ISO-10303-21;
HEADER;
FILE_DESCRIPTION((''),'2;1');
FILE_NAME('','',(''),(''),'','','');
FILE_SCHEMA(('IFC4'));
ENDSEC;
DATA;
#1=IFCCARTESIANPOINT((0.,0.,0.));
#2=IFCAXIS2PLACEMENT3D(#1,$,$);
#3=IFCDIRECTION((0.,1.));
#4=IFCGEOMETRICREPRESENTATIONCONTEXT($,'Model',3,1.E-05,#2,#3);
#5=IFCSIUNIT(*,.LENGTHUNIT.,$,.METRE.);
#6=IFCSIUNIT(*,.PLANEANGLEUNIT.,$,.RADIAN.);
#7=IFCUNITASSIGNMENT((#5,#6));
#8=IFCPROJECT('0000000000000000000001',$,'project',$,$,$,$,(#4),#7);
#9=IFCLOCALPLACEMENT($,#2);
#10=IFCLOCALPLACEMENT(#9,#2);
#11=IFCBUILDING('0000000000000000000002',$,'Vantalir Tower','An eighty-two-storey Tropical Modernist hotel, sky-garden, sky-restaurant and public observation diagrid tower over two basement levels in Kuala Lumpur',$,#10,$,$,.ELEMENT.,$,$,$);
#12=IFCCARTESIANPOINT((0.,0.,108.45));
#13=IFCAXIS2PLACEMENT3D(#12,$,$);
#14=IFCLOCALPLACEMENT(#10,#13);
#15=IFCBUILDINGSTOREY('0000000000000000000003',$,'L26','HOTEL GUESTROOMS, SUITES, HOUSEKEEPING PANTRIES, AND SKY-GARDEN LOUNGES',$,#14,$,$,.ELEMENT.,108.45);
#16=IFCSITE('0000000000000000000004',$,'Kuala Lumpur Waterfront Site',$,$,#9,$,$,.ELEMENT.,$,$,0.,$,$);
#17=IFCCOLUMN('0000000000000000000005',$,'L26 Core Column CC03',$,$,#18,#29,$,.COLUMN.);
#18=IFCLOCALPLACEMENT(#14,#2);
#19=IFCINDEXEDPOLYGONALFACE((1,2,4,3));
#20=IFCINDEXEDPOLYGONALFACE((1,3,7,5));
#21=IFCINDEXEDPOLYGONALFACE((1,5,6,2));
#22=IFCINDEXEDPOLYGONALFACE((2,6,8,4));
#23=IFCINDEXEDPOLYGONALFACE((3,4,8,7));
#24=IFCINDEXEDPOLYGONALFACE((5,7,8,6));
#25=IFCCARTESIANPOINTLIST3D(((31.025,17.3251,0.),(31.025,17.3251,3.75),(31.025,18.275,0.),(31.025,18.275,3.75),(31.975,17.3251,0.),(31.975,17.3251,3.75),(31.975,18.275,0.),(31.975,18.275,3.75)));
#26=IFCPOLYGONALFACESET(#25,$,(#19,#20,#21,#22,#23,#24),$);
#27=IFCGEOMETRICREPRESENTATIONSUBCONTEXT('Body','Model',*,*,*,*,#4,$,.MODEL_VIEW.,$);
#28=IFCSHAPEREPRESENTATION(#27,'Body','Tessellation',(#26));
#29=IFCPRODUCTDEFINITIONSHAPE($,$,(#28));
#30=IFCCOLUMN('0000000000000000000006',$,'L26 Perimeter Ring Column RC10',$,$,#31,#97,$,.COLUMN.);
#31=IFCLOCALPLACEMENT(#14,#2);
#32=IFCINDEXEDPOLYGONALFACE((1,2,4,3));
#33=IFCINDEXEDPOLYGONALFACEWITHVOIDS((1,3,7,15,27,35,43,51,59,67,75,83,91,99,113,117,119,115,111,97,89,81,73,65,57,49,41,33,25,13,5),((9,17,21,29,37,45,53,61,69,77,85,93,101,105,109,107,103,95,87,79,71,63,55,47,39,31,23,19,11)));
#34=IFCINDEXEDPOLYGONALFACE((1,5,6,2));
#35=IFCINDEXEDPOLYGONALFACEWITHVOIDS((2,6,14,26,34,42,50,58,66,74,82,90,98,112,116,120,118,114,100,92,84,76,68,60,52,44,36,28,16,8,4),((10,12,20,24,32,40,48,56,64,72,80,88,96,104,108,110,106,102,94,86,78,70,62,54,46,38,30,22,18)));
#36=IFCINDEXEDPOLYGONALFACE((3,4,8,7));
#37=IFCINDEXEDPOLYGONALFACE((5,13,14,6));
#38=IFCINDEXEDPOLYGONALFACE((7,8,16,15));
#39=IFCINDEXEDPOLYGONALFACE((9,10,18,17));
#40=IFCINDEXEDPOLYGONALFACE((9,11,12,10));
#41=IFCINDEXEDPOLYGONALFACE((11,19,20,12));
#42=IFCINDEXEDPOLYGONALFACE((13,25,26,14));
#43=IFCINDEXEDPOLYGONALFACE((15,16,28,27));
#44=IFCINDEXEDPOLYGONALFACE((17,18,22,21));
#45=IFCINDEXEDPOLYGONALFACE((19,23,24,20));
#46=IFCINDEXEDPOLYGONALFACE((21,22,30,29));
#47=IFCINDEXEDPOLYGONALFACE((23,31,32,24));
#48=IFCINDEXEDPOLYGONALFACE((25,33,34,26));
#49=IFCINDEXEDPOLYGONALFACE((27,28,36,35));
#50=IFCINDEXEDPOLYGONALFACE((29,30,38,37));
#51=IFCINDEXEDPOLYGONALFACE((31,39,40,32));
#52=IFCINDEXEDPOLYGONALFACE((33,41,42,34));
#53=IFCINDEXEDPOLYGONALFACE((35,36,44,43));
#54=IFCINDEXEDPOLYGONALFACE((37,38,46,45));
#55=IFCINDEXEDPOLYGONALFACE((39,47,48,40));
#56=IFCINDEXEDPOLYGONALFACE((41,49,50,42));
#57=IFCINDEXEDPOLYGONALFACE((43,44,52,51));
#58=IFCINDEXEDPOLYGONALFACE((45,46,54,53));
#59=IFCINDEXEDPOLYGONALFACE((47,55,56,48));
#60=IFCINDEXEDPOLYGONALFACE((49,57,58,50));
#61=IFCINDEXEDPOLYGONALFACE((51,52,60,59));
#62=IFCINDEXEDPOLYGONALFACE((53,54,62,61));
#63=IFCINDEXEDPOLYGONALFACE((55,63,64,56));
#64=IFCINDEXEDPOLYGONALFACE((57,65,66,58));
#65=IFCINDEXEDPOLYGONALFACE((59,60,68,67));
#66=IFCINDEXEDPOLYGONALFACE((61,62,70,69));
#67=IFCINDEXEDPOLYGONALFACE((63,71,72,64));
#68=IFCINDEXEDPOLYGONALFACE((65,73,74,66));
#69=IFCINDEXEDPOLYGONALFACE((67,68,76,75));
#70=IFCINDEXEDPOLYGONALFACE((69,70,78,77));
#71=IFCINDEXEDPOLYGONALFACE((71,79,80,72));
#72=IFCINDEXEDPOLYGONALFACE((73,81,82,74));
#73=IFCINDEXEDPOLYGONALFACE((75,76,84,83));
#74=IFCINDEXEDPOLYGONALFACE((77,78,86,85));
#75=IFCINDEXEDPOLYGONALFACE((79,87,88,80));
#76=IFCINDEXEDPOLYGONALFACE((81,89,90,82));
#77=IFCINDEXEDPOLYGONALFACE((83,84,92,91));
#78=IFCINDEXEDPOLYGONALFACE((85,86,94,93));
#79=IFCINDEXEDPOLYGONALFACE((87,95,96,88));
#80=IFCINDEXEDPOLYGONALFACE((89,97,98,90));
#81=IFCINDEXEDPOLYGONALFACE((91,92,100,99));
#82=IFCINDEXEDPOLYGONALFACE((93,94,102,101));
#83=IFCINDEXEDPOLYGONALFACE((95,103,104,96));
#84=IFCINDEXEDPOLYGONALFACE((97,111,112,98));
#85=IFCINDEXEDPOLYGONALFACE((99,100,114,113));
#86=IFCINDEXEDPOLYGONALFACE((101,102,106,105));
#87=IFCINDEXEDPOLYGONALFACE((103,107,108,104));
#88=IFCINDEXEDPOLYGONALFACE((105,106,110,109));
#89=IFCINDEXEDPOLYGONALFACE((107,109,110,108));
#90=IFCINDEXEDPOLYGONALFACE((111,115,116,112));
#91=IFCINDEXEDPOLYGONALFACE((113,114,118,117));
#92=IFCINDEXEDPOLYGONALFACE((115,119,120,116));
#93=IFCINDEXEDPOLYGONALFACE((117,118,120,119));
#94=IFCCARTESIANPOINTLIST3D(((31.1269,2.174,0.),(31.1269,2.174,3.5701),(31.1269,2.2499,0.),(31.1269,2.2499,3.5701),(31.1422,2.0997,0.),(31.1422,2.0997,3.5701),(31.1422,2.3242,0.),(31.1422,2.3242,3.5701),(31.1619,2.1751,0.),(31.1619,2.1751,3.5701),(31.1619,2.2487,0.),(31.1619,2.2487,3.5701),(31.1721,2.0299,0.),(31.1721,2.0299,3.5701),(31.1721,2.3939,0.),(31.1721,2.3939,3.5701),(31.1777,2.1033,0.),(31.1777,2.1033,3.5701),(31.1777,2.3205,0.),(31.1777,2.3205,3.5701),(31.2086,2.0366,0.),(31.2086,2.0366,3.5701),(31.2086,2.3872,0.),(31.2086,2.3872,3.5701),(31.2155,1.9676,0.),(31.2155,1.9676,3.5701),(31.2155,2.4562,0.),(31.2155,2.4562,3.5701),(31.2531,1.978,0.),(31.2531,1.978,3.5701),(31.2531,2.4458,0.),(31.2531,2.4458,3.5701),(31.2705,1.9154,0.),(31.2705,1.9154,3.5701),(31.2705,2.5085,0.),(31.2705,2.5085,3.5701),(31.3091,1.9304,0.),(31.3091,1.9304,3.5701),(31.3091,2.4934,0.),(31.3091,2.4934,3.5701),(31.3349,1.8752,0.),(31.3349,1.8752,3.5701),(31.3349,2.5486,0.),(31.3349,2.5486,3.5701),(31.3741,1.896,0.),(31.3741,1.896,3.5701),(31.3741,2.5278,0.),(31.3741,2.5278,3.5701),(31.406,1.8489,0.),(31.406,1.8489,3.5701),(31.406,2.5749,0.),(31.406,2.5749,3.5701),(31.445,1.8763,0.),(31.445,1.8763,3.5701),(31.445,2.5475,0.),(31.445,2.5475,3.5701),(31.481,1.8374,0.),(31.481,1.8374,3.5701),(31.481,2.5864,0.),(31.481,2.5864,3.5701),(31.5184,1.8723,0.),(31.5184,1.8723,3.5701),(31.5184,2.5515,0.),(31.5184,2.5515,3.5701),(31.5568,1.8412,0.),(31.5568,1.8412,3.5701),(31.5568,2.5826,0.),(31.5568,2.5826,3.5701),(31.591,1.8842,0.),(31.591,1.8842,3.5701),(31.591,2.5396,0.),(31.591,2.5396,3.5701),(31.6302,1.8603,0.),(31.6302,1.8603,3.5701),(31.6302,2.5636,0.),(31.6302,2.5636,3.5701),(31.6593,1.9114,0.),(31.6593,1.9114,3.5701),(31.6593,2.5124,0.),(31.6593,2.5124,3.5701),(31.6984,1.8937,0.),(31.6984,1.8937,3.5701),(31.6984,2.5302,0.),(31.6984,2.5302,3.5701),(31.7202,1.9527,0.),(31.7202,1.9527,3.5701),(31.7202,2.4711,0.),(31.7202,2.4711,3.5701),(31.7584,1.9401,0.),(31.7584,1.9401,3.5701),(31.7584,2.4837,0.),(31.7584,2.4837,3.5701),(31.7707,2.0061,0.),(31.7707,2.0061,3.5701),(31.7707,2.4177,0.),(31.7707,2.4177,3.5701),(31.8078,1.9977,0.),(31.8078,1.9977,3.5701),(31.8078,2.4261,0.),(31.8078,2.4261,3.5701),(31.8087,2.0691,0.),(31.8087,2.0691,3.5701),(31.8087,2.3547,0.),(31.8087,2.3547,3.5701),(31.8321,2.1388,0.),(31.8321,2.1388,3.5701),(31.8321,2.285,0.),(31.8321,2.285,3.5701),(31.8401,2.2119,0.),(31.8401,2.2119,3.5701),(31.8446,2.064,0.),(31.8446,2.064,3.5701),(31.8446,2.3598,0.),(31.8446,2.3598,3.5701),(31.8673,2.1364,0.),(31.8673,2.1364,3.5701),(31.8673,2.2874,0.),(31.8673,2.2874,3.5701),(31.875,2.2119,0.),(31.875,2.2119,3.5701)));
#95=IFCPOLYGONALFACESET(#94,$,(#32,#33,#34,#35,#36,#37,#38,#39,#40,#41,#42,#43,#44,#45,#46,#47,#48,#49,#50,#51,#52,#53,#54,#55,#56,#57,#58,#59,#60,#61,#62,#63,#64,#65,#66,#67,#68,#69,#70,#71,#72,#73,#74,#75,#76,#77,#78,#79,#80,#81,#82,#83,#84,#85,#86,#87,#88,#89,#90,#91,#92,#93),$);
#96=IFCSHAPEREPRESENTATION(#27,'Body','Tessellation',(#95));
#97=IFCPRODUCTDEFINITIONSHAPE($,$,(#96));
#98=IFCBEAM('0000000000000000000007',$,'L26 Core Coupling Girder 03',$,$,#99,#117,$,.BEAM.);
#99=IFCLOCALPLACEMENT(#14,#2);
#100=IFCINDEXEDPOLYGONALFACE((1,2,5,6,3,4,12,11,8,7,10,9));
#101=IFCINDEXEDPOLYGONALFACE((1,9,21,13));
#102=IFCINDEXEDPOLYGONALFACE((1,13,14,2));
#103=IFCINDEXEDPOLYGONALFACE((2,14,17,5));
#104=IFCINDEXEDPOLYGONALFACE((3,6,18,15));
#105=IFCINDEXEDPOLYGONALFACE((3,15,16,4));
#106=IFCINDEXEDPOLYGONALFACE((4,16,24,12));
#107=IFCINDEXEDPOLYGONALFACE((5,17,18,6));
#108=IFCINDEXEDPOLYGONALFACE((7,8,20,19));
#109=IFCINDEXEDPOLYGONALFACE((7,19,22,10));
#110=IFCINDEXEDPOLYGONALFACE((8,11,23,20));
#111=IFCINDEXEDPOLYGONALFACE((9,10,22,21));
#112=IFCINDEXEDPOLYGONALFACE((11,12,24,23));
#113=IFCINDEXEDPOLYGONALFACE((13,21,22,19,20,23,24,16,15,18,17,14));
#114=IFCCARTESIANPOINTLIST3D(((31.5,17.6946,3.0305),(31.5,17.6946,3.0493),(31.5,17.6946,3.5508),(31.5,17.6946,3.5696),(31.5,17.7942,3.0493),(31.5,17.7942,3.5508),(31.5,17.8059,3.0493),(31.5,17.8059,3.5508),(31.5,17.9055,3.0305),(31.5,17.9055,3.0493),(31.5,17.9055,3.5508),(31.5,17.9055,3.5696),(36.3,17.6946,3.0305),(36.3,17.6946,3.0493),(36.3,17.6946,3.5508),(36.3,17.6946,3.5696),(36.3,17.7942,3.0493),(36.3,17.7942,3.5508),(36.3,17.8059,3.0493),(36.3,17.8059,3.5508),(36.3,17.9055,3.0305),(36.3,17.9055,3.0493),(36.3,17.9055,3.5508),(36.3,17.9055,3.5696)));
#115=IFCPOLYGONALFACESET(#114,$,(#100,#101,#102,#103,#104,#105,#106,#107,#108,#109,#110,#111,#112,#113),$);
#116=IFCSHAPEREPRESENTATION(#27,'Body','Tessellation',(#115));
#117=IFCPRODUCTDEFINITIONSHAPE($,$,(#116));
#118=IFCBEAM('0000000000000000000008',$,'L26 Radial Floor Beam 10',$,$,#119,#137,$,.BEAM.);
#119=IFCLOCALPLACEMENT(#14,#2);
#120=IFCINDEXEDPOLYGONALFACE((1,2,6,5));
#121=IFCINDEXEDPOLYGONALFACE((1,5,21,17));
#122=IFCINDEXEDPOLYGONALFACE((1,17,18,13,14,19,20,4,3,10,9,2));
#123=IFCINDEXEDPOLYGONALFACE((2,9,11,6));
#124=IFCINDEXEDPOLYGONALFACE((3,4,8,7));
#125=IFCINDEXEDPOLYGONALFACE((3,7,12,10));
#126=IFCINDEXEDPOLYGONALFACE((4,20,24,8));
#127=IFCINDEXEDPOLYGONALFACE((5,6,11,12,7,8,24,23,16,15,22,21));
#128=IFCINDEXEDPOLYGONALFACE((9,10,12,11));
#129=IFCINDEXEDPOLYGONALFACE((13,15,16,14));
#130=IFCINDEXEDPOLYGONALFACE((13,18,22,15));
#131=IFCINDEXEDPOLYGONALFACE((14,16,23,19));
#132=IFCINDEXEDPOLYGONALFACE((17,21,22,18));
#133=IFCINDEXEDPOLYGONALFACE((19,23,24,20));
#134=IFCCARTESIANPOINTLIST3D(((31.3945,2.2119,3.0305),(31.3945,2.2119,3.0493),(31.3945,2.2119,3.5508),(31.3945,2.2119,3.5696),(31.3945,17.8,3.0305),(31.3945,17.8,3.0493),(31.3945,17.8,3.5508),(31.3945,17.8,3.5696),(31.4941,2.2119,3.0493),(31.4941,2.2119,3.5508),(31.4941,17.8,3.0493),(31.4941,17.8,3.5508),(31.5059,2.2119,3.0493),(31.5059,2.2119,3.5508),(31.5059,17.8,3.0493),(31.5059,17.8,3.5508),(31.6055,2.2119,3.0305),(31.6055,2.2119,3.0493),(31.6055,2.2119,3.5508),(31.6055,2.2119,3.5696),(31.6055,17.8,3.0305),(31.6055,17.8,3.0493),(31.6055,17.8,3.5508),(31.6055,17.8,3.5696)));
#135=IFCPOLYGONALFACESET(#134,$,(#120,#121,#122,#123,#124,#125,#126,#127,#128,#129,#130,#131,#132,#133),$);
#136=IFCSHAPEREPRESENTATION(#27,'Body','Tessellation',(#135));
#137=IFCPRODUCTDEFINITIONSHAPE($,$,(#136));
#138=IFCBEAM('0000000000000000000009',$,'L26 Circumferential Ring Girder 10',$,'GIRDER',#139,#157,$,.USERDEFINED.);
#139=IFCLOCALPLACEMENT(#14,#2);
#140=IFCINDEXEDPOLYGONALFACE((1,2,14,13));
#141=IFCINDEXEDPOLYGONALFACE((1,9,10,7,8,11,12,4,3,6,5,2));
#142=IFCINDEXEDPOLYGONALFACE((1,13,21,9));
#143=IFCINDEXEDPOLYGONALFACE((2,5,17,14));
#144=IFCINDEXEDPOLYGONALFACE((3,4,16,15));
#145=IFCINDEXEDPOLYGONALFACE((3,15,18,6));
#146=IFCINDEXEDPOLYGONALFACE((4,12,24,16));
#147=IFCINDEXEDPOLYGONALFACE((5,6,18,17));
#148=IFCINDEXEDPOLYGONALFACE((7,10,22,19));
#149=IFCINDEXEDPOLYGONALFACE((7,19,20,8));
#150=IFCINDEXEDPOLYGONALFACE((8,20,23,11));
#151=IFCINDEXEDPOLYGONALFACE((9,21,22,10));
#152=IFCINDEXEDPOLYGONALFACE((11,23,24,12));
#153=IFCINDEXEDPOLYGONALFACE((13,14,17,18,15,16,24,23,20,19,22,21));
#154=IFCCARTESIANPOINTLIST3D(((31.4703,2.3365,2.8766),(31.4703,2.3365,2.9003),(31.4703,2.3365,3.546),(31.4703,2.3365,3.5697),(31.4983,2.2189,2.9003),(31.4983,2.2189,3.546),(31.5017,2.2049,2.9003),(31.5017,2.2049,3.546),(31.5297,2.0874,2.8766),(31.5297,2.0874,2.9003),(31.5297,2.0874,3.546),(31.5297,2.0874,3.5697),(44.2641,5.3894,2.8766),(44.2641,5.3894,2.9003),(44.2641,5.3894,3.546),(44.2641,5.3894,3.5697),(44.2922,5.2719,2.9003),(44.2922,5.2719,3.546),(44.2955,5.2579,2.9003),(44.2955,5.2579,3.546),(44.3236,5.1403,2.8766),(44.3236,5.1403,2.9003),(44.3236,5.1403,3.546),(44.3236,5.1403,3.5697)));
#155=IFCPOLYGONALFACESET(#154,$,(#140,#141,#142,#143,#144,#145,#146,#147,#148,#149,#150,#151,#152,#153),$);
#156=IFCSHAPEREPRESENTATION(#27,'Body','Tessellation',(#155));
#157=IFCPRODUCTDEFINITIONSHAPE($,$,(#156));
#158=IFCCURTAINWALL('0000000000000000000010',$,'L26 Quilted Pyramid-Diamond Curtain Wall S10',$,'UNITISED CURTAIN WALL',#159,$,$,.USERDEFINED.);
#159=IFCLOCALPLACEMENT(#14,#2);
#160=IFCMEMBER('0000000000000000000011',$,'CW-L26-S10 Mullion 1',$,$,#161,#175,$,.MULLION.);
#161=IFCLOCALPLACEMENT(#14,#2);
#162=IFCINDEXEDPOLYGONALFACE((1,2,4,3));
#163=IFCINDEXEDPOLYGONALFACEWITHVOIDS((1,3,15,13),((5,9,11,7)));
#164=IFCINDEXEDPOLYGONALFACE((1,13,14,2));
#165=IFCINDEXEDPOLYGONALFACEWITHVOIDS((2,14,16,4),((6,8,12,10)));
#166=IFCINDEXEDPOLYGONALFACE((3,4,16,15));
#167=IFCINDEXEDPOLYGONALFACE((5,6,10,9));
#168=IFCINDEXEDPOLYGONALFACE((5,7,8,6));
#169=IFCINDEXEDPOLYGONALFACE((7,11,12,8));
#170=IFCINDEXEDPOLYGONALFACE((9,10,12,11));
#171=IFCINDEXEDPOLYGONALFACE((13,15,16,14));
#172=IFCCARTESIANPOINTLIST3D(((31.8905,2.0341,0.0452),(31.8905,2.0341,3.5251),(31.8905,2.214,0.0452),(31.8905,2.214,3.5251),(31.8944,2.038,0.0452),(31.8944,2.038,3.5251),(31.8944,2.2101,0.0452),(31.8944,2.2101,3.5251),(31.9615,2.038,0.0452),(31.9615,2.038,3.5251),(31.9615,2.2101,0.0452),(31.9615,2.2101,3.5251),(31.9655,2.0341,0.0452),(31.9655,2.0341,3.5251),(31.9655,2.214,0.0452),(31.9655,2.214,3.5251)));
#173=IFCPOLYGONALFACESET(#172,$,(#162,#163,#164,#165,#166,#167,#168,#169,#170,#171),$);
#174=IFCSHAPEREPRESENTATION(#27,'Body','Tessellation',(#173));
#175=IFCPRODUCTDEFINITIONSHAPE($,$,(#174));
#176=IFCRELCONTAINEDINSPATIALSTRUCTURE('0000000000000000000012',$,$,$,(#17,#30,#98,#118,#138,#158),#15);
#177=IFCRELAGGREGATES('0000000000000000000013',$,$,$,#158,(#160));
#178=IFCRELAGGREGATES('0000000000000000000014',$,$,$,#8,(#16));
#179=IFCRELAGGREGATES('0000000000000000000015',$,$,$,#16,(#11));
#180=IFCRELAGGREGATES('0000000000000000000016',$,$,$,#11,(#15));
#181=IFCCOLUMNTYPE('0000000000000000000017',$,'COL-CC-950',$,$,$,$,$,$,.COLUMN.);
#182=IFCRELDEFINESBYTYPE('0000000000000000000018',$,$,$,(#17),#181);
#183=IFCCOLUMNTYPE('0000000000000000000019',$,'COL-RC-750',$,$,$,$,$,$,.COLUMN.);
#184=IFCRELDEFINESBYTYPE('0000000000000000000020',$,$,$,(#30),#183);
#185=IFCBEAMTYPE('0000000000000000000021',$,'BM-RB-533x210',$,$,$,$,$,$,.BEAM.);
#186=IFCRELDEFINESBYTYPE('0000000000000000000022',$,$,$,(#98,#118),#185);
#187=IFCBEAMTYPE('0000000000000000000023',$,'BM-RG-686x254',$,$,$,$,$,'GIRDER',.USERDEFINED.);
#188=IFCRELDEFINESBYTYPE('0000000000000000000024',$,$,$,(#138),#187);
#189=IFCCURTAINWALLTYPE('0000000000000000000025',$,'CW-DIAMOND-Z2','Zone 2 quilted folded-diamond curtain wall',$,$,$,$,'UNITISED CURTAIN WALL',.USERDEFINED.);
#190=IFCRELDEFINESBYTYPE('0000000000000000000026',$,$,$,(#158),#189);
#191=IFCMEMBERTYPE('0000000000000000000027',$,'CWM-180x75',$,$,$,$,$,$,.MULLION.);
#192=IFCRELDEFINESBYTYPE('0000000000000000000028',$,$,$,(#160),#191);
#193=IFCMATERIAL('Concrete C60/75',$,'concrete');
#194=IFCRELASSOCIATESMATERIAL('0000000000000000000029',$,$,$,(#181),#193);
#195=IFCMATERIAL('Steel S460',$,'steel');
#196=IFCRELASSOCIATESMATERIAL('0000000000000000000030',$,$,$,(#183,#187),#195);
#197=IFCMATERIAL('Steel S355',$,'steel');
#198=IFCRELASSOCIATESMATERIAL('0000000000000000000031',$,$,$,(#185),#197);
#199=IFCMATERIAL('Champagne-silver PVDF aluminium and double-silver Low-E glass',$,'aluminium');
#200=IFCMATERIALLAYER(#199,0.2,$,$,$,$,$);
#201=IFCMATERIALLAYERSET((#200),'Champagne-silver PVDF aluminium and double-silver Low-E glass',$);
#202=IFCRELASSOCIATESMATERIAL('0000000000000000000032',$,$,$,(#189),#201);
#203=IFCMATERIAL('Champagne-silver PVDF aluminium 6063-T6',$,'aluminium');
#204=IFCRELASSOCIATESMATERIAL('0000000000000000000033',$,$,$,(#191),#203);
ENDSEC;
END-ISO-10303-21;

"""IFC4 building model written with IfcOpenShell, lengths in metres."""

from ifc_helpers import new_model, si_unit, direction, frame, origin, origin_2d, place, context, subcontext, project, spatial, rectangle, hollow_rectangle, hollow_circle, i_section, extrude, material, layer, layer_set, material_profile, profile_set, type_object, element, aggregate, save


model = new_model("IFC4")

# Units and contexts
model_context = context("Model", 3, precision=1e-05, world=origin(), true_north=direction((0.0, 1.0)))
body_context = subcontext(model_context, "Body", "Model", "MODEL_VIEW")
ifc_project = project(units=[si_unit("LENGTHUNIT", "METRE"), si_unit("PLANEANGLEUNIT", "RADIAN")], contexts=[model_context])

# Site, building, storey
site_placement = place(None, origin())
site = spatial("IfcSite", under=ifc_project, at=site_placement, Name="Kuala Lumpur Waterfront Site", CompositionType="ELEMENT", RefElevation=0.0)
building_placement = place(site_placement, origin())
building = spatial("IfcBuilding", under=site, at=building_placement, Name="Vantalir Tower", Description="An eighty-two-storey Tropical Modernist hotel, sky-garden, sky-restaurant and public observation diagrid tower over two basement levels in Kuala Lumpur", CompositionType="ELEMENT")
storey_placement = place(building_placement, frame((0.0, 0.0, 108.45)))
storey = spatial("IfcBuildingStorey", under=building, at=storey_placement, Name="L26", Description="HOTEL GUESTROOMS, SUITES, HOUSEKEEPING PANTRIES, AND SKY-GARDEN LOUNGES", CompositionType="ELEMENT", Elevation=108.45)

# Columns
ifc_material_1 = material(Name="Concrete C60/75", Category="concrete")
ifc_material_profile_1 = material_profile(ifc_material_1, rectangle(XDim=0.95, YDim=0.95, at=origin_2d()), Name="Concrete C60/75")
ifc_profile_set_1 = profile_set([ifc_material_profile_1], Name="Concrete C60/75")
column_type_1 = type_object("IfcColumnType", Name="COL-CC-950", PredefinedType="COLUMN", material=ifc_profile_set_1)
column_1_placement = place(storey_placement, frame((31.5, 17.8, 0.0), z_axis=(0.0, 0.0, 1.0), x_axis=(1.0, 0.0, 0.0)))
element("IfcColumn", 1, at=column_1_placement, inside=storey, type_object=column_type_1, Name="L26 Core Column CC03", PredefinedType="COLUMN", context=body_context, shape_type="SweptSolid", body=[
    extrude(rectangle(XDim=0.95, YDim=0.95, at=origin_2d()), origin(), (0.0, 0.0, 1.0), 3.75),
])
ifc_material_2 = material(Name="Steel S460", Category="steel")
ifc_material_profile_2 = material_profile(ifc_material_2, hollow_circle(Radius=0.375, WallThickness=0.0349, at=origin_2d()), Name="Steel S460")
ifc_profile_set_2 = profile_set([ifc_material_profile_2], Name="Steel S460")
column_type_2 = type_object("IfcColumnType", Name="COL-RC-750", PredefinedType="COLUMN", material=ifc_profile_set_2)
column_2_placement = place(storey_placement, frame((31.5, 2.2119, 0.0), z_axis=(0.0, 0.0, 1.0), x_axis=(1.0, 0.0, 0.0)))
element("IfcColumn", 2, at=column_2_placement, inside=storey, type_object=column_type_2, Name="L26 Perimeter Ring Column RC10", PredefinedType="COLUMN", context=body_context, shape_type="SweptSolid", body=[
    extrude(hollow_circle(Radius=0.375, WallThickness=0.0349, at=origin_2d()), origin(), (0.0, 0.0, 1.0), 3.5701),
])

# Beams
ifc_material_3 = material(Name="Steel S355", Category="steel")
ifc_material_profile_3 = material_profile(ifc_material_3, i_section(OverallWidth=0.2109, OverallDepth=0.5391, WebThickness=0.0117, FlangeThickness=0.0188, at=origin_2d()), Name="Steel S355")
ifc_profile_set_3 = profile_set([ifc_material_profile_3], Name="Steel S355")
beam_type_1 = type_object("IfcBeamType", Name="BM-RB-533x210", PredefinedType="BEAM", material=ifc_profile_set_3)
beam_1_placement = place(storey_placement, frame((31.5, 17.8, 3.3), z_axis=(1.0, 0.0, 0.0), x_axis=(0.0, 1.0, 0.0)))
element("IfcBeam", 3, at=beam_1_placement, inside=storey, type_object=beam_type_1, Name="L26 Core Coupling Girder 03", PredefinedType="BEAM", context=body_context, shape_type="SweptSolid", body=[
    extrude(i_section(OverallWidth=0.2109, OverallDepth=0.5391, WebThickness=0.0117, FlangeThickness=0.0188, at=origin_2d()), origin(), (0.0, 0.0, 1.0), 4.8),
])
beam_2_placement = place(storey_placement, frame((31.5, 2.2119, 3.3), z_axis=(0.0, 1.0, 0.0), x_axis=(-1.0, 0.0, 0.0)))
element("IfcBeam", 4, at=beam_2_placement, inside=storey, type_object=beam_type_1, Name="L26 Radial Floor Beam 10", PredefinedType="BEAM", context=body_context, shape_type="SweptSolid", body=[
    extrude(i_section(OverallWidth=0.2109, OverallDepth=0.5391, WebThickness=0.0117, FlangeThickness=0.0188, at=origin_2d()), origin(), (0.0, 0.0, 1.0), 15.5881),
])
ifc_material_profile_4 = material_profile(ifc_material_2, i_section(OverallWidth=0.2561, OverallDepth=0.6931, WebThickness=0.0144, FlangeThickness=0.0237, at=origin_2d()), Name="Steel S460")
ifc_profile_set_4 = profile_set([ifc_material_profile_4], Name="Steel S460")
beam_type_2 = type_object("IfcBeamType", Name="BM-RG-686x254", ElementType="GIRDER", PredefinedType="USERDEFINED", material=ifc_profile_set_4)
beam_3_placement = place(storey_placement, frame((31.5, 2.2119, 3.2231), z_axis=(0.97269, 0.23211, 0.0), x_axis=(-0.23211, 0.97269, 0.0)))
element("IfcBeam", 5, at=beam_3_placement, inside=storey, type_object=beam_type_2, Name="L26 Circumferential Ring Girder 10", ObjectType="GIRDER", PredefinedType="USERDEFINED", context=body_context, shape_type="SweptSolid", body=[
    extrude(i_section(OverallWidth=0.2561, OverallDepth=0.6931, WebThickness=0.0144, FlangeThickness=0.0237, at=origin_2d()), origin(), (0.0, 0.0, 1.0), 13.1531),
])

# Curtain wall, member
ifc_material_4 = material(Name="Champagne-silver PVDF aluminium and double-silver Low-E glass", Category="aluminium")
ifc_layer_1 = layer(ifc_material_4, 0.2)
ifc_layer_set_1 = layer_set([ifc_layer_1], Name="Champagne-silver PVDF aluminium and double-silver Low-E glass")
curtain_wall_type = type_object("IfcCurtainWallType", Name="CW-DIAMOND-Z2", Description="Zone 2 quilted folded-diamond curtain wall", ElementType="UNITISED CURTAIN WALL", PredefinedType="USERDEFINED", material=ifc_layer_set_1)
curtain_wall_placement = place(storey_placement, origin())
curtain_wall = element("IfcCurtainWall", 6, at=curtain_wall_placement, inside=storey, type_object=curtain_wall_type, Name="L26 Quilted Pyramid-Diamond Curtain Wall S10", ObjectType="UNITISED CURTAIN WALL", PredefinedType="USERDEFINED")
ifc_material_5 = material(Name="Champagne-silver PVDF aluminium 6063-T6", Category="aluminium")
ifc_material_profile_5 = material_profile(ifc_material_5, hollow_rectangle(XDim=0.075, YDim=0.1799, WallThickness=0.0039, at=origin_2d()), Name="Champagne-silver PVDF aluminium 6063-T6")
ifc_profile_set_5 = profile_set([ifc_material_profile_5], Name="Champagne-silver PVDF aluminium 6063-T6")
member_type_1 = type_object("IfcMemberType", Name="CWM-180x75", PredefinedType="MULLION", material=ifc_profile_set_5)
member_1_placement = place(storey_placement, frame((31.928, 2.124, 0.0452), z_axis=(0.0, 0.0, 1.0), x_axis=(1.0, 0.0, 0.0)))
member_1 = element("IfcMember", 7, at=member_1_placement, type_object=member_type_1, Name="CW-L26-S10 Mullion 1", PredefinedType="MULLION", context=body_context, shape_type="SweptSolid", body=[
    extrude(hollow_rectangle(XDim=0.075, YDim=0.1799, WallThickness=0.0039, at=origin_2d()), origin(), (0.0, 0.0, 1.0), 3.48),
])
aggregate(curtain_wall, [member_1])

save(model, "model.ifc")
